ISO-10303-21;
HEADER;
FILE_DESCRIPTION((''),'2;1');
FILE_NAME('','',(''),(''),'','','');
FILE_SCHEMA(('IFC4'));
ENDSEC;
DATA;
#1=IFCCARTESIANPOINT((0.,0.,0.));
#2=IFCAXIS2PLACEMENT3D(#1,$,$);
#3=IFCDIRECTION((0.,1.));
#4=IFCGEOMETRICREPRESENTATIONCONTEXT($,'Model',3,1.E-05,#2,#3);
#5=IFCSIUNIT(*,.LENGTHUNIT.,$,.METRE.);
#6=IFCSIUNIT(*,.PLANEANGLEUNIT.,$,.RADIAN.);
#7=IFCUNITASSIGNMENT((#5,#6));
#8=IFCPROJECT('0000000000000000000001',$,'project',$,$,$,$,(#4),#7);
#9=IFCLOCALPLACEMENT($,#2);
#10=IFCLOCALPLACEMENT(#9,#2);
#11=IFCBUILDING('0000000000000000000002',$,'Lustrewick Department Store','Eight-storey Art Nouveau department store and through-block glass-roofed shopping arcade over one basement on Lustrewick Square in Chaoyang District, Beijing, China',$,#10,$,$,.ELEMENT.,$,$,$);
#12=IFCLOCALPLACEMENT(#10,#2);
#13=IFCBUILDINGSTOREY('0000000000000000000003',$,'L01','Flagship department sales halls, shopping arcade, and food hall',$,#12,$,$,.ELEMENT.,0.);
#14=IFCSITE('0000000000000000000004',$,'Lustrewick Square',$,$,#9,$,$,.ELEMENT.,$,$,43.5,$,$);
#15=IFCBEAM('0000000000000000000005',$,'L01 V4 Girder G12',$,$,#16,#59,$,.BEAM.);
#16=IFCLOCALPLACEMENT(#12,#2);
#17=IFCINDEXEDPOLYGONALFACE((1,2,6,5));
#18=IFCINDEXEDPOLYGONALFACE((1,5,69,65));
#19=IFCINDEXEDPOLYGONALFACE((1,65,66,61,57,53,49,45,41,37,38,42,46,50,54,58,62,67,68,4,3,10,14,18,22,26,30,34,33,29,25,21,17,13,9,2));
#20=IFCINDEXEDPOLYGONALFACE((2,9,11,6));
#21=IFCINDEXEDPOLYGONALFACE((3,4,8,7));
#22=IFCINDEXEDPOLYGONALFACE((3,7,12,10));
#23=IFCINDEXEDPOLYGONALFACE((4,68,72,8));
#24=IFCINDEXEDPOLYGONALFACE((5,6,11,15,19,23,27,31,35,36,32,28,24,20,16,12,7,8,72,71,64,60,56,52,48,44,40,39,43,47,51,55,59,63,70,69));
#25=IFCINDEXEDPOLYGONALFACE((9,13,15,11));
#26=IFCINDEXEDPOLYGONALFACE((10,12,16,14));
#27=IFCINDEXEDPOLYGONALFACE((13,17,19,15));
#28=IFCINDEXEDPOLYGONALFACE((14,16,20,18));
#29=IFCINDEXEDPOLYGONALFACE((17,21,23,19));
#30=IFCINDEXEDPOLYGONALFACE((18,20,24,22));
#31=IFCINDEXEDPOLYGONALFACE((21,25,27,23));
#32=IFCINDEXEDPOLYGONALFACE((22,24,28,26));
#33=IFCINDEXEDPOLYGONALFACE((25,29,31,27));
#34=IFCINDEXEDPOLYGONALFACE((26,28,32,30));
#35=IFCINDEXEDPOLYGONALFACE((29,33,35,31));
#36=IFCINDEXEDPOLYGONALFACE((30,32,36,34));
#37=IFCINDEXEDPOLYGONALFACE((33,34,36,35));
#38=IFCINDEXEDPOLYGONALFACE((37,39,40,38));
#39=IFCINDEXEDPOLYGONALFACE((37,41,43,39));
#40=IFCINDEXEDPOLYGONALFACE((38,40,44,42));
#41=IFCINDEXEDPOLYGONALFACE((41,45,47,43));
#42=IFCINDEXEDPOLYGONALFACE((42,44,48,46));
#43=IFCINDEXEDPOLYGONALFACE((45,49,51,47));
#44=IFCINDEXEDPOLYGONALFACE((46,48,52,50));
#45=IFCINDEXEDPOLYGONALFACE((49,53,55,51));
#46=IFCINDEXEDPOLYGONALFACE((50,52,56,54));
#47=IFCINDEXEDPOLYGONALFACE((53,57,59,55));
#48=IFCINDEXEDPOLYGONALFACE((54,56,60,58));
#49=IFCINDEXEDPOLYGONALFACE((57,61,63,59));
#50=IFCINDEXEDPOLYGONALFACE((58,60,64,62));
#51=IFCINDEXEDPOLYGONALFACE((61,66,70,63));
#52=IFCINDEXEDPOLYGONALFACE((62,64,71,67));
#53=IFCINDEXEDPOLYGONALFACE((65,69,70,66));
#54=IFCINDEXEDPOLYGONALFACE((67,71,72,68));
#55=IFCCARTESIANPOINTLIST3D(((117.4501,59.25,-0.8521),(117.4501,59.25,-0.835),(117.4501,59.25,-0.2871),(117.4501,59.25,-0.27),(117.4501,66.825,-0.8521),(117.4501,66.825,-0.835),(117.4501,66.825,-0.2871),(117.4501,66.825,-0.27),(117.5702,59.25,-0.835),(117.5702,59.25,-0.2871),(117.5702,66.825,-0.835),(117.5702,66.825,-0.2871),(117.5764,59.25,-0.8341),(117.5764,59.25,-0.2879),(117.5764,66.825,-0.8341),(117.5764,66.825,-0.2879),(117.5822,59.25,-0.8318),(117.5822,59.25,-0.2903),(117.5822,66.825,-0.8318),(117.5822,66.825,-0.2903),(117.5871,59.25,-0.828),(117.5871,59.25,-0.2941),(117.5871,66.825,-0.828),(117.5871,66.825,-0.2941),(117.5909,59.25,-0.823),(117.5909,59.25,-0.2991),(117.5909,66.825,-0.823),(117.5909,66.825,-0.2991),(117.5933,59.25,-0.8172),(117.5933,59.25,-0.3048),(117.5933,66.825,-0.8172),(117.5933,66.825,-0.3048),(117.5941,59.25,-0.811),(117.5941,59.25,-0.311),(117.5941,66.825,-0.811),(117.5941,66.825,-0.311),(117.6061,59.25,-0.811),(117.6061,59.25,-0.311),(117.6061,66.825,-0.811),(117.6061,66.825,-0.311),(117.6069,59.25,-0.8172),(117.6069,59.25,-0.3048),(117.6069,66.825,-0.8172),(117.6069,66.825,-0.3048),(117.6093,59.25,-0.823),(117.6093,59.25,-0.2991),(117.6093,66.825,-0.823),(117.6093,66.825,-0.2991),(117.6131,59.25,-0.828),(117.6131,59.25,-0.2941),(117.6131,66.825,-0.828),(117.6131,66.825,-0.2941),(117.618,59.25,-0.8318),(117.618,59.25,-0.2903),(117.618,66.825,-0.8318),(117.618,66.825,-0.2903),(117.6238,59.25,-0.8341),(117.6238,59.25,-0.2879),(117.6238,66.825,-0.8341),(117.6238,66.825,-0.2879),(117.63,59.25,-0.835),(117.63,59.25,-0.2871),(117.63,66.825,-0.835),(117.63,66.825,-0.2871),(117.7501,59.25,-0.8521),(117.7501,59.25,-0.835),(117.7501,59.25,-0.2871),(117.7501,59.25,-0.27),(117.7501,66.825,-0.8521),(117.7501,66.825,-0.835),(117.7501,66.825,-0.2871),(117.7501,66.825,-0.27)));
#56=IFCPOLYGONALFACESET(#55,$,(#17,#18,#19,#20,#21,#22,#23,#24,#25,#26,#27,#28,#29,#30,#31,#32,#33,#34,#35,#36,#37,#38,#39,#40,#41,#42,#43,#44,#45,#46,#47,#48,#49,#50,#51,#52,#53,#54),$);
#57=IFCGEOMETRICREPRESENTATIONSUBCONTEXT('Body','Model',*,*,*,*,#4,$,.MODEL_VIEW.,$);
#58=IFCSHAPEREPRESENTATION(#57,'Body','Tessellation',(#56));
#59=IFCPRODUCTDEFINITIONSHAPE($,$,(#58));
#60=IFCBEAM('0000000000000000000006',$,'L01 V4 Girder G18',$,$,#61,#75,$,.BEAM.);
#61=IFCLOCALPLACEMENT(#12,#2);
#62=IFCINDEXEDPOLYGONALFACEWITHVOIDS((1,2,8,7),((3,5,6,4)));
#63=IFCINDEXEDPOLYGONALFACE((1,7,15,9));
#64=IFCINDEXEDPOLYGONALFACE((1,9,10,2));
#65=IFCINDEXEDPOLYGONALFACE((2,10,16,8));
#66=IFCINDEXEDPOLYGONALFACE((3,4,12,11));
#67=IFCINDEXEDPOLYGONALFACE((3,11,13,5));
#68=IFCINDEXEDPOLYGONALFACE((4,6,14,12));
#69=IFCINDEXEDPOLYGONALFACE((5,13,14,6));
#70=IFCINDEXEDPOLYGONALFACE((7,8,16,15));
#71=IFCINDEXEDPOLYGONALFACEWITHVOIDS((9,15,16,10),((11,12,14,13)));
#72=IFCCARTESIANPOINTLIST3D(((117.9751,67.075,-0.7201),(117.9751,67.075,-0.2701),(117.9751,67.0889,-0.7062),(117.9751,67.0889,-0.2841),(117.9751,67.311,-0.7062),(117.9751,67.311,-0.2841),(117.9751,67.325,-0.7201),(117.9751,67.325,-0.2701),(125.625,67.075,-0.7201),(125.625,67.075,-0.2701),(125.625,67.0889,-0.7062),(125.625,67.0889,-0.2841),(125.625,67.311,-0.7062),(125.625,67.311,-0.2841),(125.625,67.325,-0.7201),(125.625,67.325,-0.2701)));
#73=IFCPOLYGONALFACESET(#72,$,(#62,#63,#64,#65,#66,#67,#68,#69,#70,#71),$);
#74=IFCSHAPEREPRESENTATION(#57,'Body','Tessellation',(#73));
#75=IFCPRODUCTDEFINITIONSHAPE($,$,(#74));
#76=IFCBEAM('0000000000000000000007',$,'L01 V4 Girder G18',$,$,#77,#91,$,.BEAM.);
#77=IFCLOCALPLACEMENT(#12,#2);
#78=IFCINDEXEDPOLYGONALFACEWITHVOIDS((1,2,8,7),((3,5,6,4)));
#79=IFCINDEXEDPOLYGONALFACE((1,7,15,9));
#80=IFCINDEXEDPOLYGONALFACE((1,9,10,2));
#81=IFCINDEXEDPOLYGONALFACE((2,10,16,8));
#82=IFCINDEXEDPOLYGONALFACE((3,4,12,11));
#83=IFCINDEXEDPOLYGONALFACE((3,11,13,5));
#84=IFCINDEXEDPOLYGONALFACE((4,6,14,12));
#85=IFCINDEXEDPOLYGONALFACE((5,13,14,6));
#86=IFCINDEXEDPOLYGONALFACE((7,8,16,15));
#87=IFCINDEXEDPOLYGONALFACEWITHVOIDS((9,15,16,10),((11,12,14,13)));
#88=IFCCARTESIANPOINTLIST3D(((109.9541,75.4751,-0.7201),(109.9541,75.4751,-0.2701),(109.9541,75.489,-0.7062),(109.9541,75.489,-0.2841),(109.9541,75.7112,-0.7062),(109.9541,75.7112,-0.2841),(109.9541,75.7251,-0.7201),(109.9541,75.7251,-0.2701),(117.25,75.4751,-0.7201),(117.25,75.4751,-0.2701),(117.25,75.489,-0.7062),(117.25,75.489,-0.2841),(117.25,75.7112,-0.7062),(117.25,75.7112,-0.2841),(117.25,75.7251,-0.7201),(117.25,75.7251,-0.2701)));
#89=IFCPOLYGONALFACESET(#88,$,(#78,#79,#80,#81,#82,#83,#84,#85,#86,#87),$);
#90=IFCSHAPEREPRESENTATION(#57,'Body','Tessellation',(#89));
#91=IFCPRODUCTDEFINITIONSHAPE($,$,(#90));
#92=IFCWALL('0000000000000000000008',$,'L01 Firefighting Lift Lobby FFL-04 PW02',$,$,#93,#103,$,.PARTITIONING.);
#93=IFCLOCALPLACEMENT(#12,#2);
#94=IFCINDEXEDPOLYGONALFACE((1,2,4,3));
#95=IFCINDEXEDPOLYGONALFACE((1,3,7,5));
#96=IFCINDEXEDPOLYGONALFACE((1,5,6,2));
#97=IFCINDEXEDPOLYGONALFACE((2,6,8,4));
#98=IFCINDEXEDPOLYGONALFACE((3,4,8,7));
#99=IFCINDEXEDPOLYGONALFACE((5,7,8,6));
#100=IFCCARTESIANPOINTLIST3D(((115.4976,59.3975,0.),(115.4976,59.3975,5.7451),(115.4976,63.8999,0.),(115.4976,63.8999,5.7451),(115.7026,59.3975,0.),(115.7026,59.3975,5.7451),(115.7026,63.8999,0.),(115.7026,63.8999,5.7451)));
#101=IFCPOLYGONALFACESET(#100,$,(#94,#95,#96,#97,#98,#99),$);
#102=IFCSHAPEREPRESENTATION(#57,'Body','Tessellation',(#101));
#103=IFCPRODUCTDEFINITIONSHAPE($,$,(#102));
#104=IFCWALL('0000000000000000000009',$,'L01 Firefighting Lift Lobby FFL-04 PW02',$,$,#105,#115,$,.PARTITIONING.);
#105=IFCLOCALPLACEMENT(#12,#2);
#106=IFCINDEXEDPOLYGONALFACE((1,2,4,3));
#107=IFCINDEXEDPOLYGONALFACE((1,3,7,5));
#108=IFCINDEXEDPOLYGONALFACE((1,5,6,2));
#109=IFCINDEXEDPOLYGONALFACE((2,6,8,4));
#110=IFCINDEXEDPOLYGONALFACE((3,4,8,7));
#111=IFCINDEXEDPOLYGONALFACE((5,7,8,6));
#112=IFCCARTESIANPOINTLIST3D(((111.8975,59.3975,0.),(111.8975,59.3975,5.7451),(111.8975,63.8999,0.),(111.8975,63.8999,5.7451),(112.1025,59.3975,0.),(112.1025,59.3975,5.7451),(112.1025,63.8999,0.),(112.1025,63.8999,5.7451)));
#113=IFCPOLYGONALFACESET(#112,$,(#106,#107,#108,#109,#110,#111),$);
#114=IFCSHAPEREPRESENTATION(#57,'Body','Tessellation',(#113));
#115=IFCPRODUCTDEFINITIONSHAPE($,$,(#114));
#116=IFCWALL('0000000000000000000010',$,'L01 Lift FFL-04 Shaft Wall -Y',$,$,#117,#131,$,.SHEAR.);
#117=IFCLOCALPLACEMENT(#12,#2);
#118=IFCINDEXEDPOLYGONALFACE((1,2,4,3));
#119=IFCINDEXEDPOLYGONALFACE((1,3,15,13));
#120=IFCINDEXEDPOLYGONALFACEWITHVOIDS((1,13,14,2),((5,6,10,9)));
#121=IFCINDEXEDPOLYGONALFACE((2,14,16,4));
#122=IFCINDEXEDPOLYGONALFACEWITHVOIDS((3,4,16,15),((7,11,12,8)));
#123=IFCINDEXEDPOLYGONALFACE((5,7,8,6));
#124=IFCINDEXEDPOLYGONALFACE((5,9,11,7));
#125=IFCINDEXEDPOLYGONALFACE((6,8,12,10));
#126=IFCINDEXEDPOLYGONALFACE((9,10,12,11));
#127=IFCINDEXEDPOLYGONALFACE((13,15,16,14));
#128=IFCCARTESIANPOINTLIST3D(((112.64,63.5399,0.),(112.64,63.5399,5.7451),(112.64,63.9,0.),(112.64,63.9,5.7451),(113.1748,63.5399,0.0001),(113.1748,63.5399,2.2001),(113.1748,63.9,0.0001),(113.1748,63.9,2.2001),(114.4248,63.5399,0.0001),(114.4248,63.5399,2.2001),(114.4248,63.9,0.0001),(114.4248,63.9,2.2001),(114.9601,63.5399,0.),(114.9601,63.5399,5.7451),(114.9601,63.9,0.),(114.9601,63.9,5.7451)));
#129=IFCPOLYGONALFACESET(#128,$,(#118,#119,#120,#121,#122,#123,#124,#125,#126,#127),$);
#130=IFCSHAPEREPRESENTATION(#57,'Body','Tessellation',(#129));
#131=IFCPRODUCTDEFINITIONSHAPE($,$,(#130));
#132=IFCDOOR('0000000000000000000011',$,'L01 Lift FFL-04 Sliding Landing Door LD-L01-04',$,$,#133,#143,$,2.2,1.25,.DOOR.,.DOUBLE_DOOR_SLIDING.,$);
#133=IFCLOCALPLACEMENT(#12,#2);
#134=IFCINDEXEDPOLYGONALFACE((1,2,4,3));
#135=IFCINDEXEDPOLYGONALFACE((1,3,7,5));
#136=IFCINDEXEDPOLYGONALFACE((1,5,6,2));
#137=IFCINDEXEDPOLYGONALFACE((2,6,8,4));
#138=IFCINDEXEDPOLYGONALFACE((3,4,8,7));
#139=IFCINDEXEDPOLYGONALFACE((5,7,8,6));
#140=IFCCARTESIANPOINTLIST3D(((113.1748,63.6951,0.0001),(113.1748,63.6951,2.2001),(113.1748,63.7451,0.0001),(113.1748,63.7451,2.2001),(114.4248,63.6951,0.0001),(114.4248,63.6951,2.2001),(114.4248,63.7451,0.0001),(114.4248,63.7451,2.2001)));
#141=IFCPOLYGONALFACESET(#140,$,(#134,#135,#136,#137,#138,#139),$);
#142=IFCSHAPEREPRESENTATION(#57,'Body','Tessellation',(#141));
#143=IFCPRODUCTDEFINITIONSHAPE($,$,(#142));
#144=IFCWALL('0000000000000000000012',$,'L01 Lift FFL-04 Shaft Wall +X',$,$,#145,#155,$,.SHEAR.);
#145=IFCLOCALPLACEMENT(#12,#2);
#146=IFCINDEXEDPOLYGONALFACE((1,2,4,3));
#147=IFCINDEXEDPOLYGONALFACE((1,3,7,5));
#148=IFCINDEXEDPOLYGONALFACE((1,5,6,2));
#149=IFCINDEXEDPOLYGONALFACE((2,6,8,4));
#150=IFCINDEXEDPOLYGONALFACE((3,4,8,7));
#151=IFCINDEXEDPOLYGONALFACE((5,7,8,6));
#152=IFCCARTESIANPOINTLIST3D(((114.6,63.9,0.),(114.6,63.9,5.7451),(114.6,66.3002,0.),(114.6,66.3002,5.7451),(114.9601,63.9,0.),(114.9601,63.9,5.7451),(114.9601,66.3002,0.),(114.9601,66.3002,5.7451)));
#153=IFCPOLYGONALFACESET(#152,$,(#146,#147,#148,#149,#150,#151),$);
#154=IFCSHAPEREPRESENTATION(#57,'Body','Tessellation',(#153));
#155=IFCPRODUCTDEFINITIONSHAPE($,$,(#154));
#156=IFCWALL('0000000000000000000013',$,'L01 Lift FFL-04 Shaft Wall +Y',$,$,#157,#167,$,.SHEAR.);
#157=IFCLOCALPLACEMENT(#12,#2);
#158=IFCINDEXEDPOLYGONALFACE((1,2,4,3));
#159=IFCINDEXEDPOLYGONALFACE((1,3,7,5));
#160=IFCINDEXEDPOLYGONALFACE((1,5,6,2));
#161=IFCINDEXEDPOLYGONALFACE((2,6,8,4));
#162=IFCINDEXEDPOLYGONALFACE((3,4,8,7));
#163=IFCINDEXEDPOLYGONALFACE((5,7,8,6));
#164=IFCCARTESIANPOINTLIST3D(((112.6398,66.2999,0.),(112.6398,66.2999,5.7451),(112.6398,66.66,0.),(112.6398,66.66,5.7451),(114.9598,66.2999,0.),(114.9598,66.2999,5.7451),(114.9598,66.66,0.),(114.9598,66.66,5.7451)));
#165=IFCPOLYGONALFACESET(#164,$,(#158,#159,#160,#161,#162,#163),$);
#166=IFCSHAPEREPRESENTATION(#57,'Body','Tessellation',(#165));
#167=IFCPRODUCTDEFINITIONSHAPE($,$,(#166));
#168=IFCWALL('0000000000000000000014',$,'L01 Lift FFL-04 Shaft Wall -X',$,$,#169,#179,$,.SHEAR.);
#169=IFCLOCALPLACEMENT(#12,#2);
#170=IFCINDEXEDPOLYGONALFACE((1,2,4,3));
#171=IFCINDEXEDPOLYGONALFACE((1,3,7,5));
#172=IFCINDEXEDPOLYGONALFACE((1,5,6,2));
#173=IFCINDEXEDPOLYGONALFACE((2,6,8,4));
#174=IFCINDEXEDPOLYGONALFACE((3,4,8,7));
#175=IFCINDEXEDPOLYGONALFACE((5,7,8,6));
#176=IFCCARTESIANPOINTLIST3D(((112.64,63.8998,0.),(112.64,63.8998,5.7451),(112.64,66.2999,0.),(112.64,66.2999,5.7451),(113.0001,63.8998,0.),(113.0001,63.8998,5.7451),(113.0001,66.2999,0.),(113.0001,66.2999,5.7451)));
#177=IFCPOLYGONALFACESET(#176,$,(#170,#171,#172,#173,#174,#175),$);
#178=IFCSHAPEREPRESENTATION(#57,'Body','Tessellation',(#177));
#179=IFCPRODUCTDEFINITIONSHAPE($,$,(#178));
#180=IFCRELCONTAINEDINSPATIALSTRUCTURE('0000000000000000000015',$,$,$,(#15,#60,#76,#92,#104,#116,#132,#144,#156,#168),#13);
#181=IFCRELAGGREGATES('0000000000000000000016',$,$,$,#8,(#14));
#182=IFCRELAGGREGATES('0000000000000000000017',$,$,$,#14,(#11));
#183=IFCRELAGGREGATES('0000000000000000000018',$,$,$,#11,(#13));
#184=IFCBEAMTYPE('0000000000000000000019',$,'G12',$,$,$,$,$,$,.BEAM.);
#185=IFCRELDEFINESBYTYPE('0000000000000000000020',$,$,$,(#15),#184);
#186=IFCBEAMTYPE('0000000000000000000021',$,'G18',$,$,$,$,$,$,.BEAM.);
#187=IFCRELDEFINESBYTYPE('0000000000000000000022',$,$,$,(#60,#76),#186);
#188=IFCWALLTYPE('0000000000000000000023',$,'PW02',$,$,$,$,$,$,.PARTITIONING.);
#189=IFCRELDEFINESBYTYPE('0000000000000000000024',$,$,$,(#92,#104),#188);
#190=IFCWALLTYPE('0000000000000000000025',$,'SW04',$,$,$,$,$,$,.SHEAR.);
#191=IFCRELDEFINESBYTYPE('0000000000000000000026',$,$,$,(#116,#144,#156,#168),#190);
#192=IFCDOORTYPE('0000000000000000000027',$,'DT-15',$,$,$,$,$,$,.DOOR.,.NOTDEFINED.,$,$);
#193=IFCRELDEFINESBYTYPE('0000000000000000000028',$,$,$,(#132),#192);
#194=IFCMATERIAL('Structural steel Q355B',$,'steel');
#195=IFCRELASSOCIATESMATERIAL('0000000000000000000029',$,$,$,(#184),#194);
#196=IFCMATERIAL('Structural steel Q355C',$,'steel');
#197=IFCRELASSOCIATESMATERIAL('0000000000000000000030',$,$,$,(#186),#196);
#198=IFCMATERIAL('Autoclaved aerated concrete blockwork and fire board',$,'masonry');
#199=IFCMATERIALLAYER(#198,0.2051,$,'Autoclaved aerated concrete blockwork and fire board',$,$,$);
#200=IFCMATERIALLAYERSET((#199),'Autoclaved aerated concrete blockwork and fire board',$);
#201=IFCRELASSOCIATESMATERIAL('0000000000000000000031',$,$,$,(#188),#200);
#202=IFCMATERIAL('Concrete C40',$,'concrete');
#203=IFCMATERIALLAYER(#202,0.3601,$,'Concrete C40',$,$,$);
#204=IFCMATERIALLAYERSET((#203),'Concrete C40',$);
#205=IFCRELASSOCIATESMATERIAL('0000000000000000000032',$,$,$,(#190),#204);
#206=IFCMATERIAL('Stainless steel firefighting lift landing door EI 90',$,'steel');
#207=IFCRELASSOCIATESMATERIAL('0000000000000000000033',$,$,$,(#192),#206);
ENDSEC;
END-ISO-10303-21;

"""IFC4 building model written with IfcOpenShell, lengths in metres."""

from ifc_helpers import new_model, si_unit, direction, frame, frame_2d, origin, origin_2d, place, context, subcontext, project, spatial, rectangle, hollow_rectangle, i_section, extrude, material, layer, layer_set, material_profile, profile_set, type_object, element, fill, save


model = new_model("IFC4")

# Units and contexts
model_context = context("Model", 3, precision=1e-05, world=origin(), true_north=direction((0.0, 1.0)))
body_context = subcontext(model_context, "Body", "Model", "MODEL_VIEW")
ifc_project = project(units=[si_unit("LENGTHUNIT", "METRE"), si_unit("PLANEANGLEUNIT", "RADIAN")], contexts=[model_context])

# Site, building, storey
site_placement = place(None, origin())
site = spatial("IfcSite", under=ifc_project, at=site_placement, Name="Lustrewick Square", CompositionType="ELEMENT", RefElevation=43.5)
building_placement = place(site_placement, origin())
building = spatial("IfcBuilding", under=site, at=building_placement, Name="Lustrewick Department Store", Description="Eight-storey Art Nouveau department store and through-block glass-roofed shopping arcade over one basement on Lustrewick Square in Chaoyang District, Beijing, China", CompositionType="ELEMENT")
storey_placement = place(building_placement, origin())
storey = spatial("IfcBuildingStorey", under=building, at=storey_placement, Name="L01", Description="Flagship department sales halls, shopping arcade, and food hall", CompositionType="ELEMENT", Elevation=0.0)

# Shared definitions
ifc_material_1 = material(Name="Structural steel Q355B", Category="steel")
ifc_material_2 = material(Name="Concrete C40", Category="concrete")
ifc_material_3 = material(Name="Structural steel Q355C", Category="steel")

# Beams
ifc_material_profile_1 = material_profile(ifc_material_1, i_section(OverallWidth=0.3, OverallDepth=0.582, WebThickness=0.012, FlangeThickness=0.0171, FilletRadius=0.0239, at=origin_2d()), Name="HM 582x300x12x17")
ifc_profile_set_1 = profile_set([ifc_material_profile_1], Name="Structural steel Q355B")
beam_type_1 = type_object("IfcBeamType", Name="G12", PredefinedType="BEAM", material=ifc_profile_set_1)
beam_1_placement = place(storey_placement, frame((117.6001, 59.25, -0.561), z_axis=(0.0, 1.0, 0.0), x_axis=(-1.0, 0.0, 0.0)))
element("IfcBeam", 1, at=beam_1_placement, inside=storey, type_object=beam_type_1, Name="L01 V4 Girder G12", PredefinedType="BEAM", context=body_context, shape_type="SweptSolid", body=[
    extrude(i_section(OverallWidth=0.3, OverallDepth=0.582, WebThickness=0.012, FlangeThickness=0.0171, FilletRadius=0.0239, at=origin_2d()), origin(), (0.0, 0.0, 1.0), 7.575),
])
ifc_material_profile_2 = material_profile(ifc_material_3, hollow_rectangle(XDim=0.25, YDim=0.45, WallThickness=0.0139, at=origin_2d()), Name="RHS 450x250x14")
ifc_profile_set_2 = profile_set([ifc_material_profile_2], Name="Structural steel Q355C")
beam_type_2 = type_object("IfcBeamType", Name="G18", PredefinedType="BEAM", material=ifc_profile_set_2)
beam_2_placement = place(storey_placement, frame((117.9751, 67.2, -0.4951), z_axis=(1.0, 0.0, 0.0), x_axis=(0.0, 1.0, 0.0)))
element("IfcBeam", 2, at=beam_2_placement, inside=storey, type_object=beam_type_2, Name="L01 V4 Girder G18", PredefinedType="BEAM", context=body_context, shape_type="SweptSolid", body=[
    extrude(hollow_rectangle(XDim=0.25, YDim=0.45, WallThickness=0.0139, at=origin_2d()), origin(), (0.0, 0.0, 1.0), 7.6499),
])
beam_3_placement = place(storey_placement, frame((109.9541, 75.6001, -0.4951), z_axis=(1.0, 0.0, 0.0), x_axis=(0.0, 1.0, 0.0)))
element("IfcBeam", 3, at=beam_3_placement, inside=storey, type_object=beam_type_2, Name="L01 V4 Girder G18", PredefinedType="BEAM", context=body_context, shape_type="SweptSolid", body=[
    extrude(hollow_rectangle(XDim=0.25, YDim=0.45, WallThickness=0.0139, at=origin_2d()), origin(), (0.0, 0.0, 1.0), 7.2959),
])

# Shared definitions
ifc_material_4 = material(Name="Autoclaved aerated concrete blockwork and fire board", Category="masonry")
ifc_layer_1 = layer(ifc_material_4, 0.2051, Name="Autoclaved aerated concrete blockwork and fire board")
ifc_layer_set_1 = layer_set([ifc_layer_1], Name="Autoclaved aerated concrete blockwork and fire board")
wall_type_1 = type_object("IfcWallType", Name="PW02", PredefinedType="PARTITIONING", material=ifc_layer_set_1)

# Walls
for number, where, z_axis, x_axis, name in (
    (4, (115.6001, 59.3975, 0.0), (0.0, 0.0, 1.0), (0.0, 1.0, 0.0), "L01 Firefighting Lift Lobby FFL-04 PW02"),
    (5, (112.0, 63.8999, 0.0), (0.0, 0.0, 1.0), (0.0, -1.0, 0.0), "L01 Firefighting Lift Lobby FFL-04 PW02"),
):
    element("IfcWall", number, at=place(storey_placement, frame(where, z_axis=z_axis, x_axis=x_axis)), inside=storey, type_object=wall_type_1, Name=name, PredefinedType="PARTITIONING", context=body_context, shape_type="SweptSolid", body=[
        extrude(rectangle(XDim=4.5024, YDim=0.2051, at=frame_2d((2.2512, 0.0))), origin(), (0.0, 0.0, 1.0), 5.7451),
    ])

# Wall, opening, door
ifc_layer_2 = layer(ifc_material_2, 0.3601, Name="Concrete C40")
ifc_layer_set_2 = layer_set([ifc_layer_2], Name="Concrete C40")
wall_type_2 = type_object("IfcWallType", Name="SW04", PredefinedType="SHEAR", material=ifc_layer_set_2)
wall_1_placement = place(storey_placement, frame((112.6399, 63.72, 0.0), z_axis=(0.0, 0.0, 1.0), x_axis=(1.0, 0.0, 0.0)))
wall_1 = element("IfcWall", 6, at=wall_1_placement, inside=storey, type_object=wall_type_2, Name="L01 Lift FFL-04 Shaft Wall -Y", PredefinedType="SHEAR", context=body_context, shape_type="SweptSolid", body=[
    extrude(rectangle(XDim=2.3201, YDim=0.3601, at=frame_2d((1.1602, 0.0))), origin(), (0.0, 0.0, 1.0), 5.7451),
])
opening_1_placement = place(wall_1_placement, frame((0.5349, 0.0, 0.0)))
opening_1 = element("IfcOpeningElement", 7, at=opening_1_placement, cuts=wall_1, PredefinedType="OPENING", context=body_context, shape_type="SweptSolid", body=[
    extrude(rectangle(XDim=1.25, YDim=2.2, at=frame_2d((0.625, 1.1001))), frame((0.0, 0.1899, 0.0), z_axis=(0.0, -1.0, 0.0), x_axis=(1.0, 0.0, 0.0)), (0.0, 0.0, 1.0), 0.3801),
])
ifc_material_5 = material(Name="Stainless steel firefighting lift landing door EI 90", Category="steel")
door_type_1 = type_object("IfcDoorType", Name="DT-15", OperationType="NOTDEFINED", PredefinedType="DOOR", material=ifc_material_5)
door_1_placement = place(opening_1_placement, frame((1.25, 0.0, 0.0), z_axis=(0.0, 0.0, 1.0), x_axis=(-1.0, 0.0, 0.0)))
door_1 = element("IfcDoor", 8, at=door_1_placement, inside=storey, type_object=door_type_1, Name="L01 Lift FFL-04 Sliding Landing Door LD-L01-04", OperationType="DOUBLE_DOOR_SLIDING", OverallHeight=2.2, OverallWidth=1.25, PredefinedType="DOOR", context=body_context, shape_type="SweptSolid", body=[
    extrude(rectangle(XDim=1.25, YDim=2.2, at=frame_2d((0.625, 1.1001))), frame((0.0, 0.0249, 0.0), z_axis=(0.0, -1.0, 0.0), x_axis=(1.0, 0.0, 0.0)), (0.0, 0.0, 1.0), 0.05),
])
fill(opening_1, door_1)

# Walls
wall_2_placement = place(storey_placement, frame((114.78, 63.8999, 0.0), z_axis=(0.0, 0.0, 1.0), x_axis=(0.0, 1.0, 0.0)))
element("IfcWall", 9, at=wall_2_placement, inside=storey, type_object=wall_type_2, Name="L01 Lift FFL-04 Shaft Wall +X", PredefinedType="SHEAR", context=body_context, shape_type="SweptSolid", body=[
    extrude(rectangle(XDim=2.4001, YDim=0.3601, at=frame_2d((1.2002, 0.0))), origin(), (0.0, 0.0, 1.0), 5.7451),
])
wall_3_placement = place(storey_placement, frame((114.96, 66.48, 0.0), z_axis=(0.0, 0.0, 1.0), x_axis=(-1.0, 0.0, 0.0)))
element("IfcWall", 10, at=wall_3_placement, inside=storey, type_object=wall_type_2, Name="L01 Lift FFL-04 Shaft Wall +Y", PredefinedType="SHEAR", context=body_context, shape_type="SweptSolid", body=[
    extrude(rectangle(XDim=2.3201, YDim=0.3601, at=frame_2d((1.1602, 0.0))), origin(), (0.0, 0.0, 1.0), 5.7451),
])
wall_4_placement = place(storey_placement, frame((112.8201, 66.3, 0.0), z_axis=(0.0, 0.0, 1.0), x_axis=(0.0, -1.0, 0.0)))
element("IfcWall", 11, at=wall_4_placement, inside=storey, type_object=wall_type_2, Name="L01 Lift FFL-04 Shaft Wall -X", PredefinedType="SHEAR", context=body_context, shape_type="SweptSolid", body=[
    extrude(rectangle(XDim=2.4001, YDim=0.3601, at=frame_2d((1.2002, 0.0))), origin(), (0.0, 0.0, 1.0), 5.7451),
])

save(model, "model.ifc")
